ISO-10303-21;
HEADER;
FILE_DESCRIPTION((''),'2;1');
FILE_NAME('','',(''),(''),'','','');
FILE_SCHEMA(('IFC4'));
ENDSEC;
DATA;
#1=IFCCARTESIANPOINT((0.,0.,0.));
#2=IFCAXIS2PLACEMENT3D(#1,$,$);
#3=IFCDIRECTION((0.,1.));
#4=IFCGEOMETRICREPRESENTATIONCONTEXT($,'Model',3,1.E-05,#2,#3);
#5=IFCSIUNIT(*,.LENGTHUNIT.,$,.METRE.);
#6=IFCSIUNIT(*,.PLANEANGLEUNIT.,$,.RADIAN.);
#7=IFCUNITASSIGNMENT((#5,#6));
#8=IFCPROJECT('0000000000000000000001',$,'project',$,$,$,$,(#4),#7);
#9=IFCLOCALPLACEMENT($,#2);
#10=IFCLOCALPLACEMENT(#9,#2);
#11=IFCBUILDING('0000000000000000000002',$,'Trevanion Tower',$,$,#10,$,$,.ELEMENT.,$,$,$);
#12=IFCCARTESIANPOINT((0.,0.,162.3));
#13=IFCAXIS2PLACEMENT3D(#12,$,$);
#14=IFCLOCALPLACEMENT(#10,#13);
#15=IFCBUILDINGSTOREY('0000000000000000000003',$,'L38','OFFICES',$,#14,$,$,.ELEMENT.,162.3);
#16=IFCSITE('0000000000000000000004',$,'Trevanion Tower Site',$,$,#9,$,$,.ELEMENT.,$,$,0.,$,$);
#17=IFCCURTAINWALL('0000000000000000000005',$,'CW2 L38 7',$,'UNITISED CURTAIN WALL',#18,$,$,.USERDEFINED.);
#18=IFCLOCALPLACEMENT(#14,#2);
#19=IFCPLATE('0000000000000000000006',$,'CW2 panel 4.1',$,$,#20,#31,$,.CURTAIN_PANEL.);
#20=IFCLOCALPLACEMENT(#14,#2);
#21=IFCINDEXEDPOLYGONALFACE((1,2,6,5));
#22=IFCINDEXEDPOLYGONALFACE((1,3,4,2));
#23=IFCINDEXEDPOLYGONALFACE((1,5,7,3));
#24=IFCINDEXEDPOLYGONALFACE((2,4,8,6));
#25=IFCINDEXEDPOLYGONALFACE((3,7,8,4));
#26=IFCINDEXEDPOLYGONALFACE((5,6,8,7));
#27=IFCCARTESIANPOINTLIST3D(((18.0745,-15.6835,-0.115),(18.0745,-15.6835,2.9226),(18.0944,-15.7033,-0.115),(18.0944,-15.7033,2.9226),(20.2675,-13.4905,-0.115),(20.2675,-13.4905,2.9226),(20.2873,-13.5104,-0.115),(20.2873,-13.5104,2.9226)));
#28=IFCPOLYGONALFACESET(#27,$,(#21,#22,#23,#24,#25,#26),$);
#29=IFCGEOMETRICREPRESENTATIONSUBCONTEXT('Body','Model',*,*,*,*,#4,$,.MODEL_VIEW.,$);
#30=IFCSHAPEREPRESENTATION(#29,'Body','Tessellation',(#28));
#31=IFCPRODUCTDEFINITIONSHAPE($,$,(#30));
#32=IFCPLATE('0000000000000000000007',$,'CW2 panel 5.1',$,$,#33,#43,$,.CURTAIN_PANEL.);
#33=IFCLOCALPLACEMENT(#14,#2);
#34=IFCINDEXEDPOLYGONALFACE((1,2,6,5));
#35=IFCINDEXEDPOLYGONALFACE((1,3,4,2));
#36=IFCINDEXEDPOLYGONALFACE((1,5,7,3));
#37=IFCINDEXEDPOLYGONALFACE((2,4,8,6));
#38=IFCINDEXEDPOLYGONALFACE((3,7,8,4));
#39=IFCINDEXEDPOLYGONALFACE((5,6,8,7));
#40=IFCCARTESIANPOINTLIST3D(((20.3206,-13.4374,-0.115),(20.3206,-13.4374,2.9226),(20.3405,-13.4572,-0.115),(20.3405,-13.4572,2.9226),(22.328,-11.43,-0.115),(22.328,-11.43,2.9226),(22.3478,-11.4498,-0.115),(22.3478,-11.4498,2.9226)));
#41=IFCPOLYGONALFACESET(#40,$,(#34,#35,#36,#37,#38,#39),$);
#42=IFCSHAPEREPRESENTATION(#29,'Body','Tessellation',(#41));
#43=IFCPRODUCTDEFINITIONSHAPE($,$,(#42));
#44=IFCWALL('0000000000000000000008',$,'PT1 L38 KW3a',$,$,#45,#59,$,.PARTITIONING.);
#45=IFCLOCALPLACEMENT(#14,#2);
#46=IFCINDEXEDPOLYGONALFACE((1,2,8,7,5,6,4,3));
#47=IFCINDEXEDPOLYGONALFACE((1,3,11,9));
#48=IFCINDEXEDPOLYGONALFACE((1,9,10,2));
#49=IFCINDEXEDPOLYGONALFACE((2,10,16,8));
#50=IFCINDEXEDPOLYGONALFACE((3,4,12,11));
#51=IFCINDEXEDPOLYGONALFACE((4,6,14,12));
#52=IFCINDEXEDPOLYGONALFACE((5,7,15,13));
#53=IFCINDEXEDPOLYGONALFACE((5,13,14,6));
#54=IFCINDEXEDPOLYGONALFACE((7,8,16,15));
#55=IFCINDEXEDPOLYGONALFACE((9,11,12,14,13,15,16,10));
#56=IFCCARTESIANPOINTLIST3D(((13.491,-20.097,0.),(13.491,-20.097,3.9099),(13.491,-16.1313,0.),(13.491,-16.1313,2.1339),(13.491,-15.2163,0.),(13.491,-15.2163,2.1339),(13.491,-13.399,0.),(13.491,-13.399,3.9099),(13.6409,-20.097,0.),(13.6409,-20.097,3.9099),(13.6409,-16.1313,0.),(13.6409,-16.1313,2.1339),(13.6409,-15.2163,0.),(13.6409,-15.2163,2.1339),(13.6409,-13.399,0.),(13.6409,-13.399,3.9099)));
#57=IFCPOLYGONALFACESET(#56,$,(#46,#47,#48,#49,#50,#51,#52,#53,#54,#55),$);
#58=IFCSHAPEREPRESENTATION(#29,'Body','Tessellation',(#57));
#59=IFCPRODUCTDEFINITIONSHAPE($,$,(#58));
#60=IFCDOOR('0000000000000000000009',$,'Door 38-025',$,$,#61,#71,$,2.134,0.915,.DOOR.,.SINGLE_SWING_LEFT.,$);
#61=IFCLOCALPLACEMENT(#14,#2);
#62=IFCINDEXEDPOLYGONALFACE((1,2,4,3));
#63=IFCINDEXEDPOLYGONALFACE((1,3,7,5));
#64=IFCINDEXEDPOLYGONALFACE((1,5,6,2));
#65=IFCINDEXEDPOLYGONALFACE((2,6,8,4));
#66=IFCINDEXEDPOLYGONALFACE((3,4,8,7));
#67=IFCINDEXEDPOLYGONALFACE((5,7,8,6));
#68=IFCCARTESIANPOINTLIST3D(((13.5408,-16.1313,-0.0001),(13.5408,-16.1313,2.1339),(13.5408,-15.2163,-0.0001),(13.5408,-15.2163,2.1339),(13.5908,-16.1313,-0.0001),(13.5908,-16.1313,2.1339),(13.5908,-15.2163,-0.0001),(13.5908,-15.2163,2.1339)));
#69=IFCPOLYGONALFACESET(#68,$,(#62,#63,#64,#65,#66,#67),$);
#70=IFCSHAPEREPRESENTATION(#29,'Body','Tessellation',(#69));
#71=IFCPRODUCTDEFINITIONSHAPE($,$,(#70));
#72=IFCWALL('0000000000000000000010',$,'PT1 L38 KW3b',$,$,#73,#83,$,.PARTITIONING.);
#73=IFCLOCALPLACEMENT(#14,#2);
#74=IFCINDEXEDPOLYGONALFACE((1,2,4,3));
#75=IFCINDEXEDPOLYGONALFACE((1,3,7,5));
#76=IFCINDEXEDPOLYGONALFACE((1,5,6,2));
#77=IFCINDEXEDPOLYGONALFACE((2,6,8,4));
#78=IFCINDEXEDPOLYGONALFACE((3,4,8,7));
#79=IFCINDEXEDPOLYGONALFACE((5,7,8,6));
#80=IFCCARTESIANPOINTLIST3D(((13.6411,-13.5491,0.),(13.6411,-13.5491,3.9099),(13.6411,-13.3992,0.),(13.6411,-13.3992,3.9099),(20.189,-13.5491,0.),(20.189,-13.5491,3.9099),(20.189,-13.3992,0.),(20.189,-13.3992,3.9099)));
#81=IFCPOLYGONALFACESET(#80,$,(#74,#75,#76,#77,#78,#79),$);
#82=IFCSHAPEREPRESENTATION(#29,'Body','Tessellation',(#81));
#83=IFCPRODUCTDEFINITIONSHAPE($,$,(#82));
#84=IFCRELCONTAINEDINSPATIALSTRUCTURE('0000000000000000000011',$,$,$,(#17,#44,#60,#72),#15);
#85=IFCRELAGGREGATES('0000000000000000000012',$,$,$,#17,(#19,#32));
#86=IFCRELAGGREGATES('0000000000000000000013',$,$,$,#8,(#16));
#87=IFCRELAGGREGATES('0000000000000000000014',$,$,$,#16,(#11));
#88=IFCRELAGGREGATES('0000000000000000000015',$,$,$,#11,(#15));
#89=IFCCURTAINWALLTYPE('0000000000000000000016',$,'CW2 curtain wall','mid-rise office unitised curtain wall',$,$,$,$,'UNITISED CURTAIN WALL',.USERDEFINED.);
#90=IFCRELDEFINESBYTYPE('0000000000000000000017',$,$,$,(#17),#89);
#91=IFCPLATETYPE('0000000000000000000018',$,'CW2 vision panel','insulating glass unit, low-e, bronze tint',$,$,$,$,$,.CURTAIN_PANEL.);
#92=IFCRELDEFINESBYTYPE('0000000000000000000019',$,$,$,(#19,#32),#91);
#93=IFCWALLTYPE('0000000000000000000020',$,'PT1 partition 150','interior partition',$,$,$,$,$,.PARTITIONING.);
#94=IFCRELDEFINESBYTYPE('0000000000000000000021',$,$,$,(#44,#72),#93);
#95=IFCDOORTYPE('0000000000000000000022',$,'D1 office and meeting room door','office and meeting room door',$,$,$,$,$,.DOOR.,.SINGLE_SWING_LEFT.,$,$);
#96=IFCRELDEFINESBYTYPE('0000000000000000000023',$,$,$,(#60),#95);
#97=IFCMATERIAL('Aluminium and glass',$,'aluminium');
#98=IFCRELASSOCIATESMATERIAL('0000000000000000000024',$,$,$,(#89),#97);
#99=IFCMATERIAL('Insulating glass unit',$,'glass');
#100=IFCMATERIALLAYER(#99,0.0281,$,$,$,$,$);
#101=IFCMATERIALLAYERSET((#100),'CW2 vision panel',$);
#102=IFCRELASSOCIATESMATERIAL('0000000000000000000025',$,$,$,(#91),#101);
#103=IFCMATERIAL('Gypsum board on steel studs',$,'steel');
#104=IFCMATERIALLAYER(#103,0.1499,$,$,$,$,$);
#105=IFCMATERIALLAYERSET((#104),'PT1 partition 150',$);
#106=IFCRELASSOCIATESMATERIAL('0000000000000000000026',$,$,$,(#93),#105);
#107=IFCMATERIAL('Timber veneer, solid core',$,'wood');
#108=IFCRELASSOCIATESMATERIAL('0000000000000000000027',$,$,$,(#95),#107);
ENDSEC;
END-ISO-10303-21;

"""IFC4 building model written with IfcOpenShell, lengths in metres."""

from ifc_helpers import new_model, si_unit, direction, frame, frame_2d, origin, origin_2d, place, context, subcontext, project, spatial, rectangle, extrude, material, layer, layer_set, type_object, element, fill, aggregate, save


model = new_model("IFC4")

# Units and contexts
model_context = context("Model", 3, precision=1e-05, world=origin(), true_north=direction((0.0, 1.0)))
body_context = subcontext(model_context, "Body", "Model", "MODEL_VIEW")
ifc_project = project(units=[si_unit("LENGTHUNIT", "METRE"), si_unit("PLANEANGLEUNIT", "RADIAN")], contexts=[model_context])

# Site, building, storey
site_placement = place(None, origin())
site = spatial("IfcSite", under=ifc_project, at=site_placement, Name="Trevanion Tower Site", CompositionType="ELEMENT", RefElevation=0.0)
building_placement = place(site_placement, origin())
building = spatial("IfcBuilding", under=site, at=building_placement, Name="Trevanion Tower", CompositionType="ELEMENT")
storey_placement = place(building_placement, frame((0.0, 0.0, 162.3)))
storey = spatial("IfcBuildingStorey", under=building, at=storey_placement, Name="L38", Description="OFFICES", CompositionType="ELEMENT", Elevation=162.3)

# Curtain wall
ifc_material_1 = material(Name="Aluminium and glass", Category="aluminium")
curtain_wall_type = type_object("IfcCurtainWallType", Name="CW2 curtain wall", Description="mid-rise office unitised curtain wall", ElementType="UNITISED CURTAIN WALL", PredefinedType="USERDEFINED", material=ifc_material_1)
curtain_wall_1_placement = place(storey_placement, origin())
curtain_wall_1 = element("IfcCurtainWall", 1, at=curtain_wall_1_placement, inside=storey, type_object=curtain_wall_type, Name="CW2 L38 7", ObjectType="UNITISED CURTAIN WALL", PredefinedType="USERDEFINED")

# Plates
ifc_material_2 = material(Name="Insulating glass unit", Category="glass")
ifc_layer_1 = layer(ifc_material_2, 0.0281)
ifc_layer_set_1 = layer_set([ifc_layer_1], Name="CW2 vision panel")
plate_type_1 = type_object("IfcPlateType", Name="CW2 vision panel", Description="insulating glass unit, low-e, bronze tint", PredefinedType="CURTAIN_PANEL", material=ifc_layer_set_1)
plate_1_placement = place(storey_placement, frame((19.1809, -14.5969, -0.115), z_axis=(0.0, 0.0, 1.0), x_axis=(0.707107, 0.707107, 0.0)))
plate_1 = element("IfcPlate", 2, at=plate_1_placement, type_object=plate_type_1, Name="CW2 panel 4.1", PredefinedType="CURTAIN_PANEL", context=body_context, shape_type="SweptSolid", body=[
    extrude(rectangle(XDim=3.1013, YDim=0.0281, at=origin_2d()), origin(), (0.0, 0.0, 1.0), 3.0376),
])
plate_2_placement = place(storey_placement, frame((21.3342, -12.4436, -0.115), z_axis=(0.0, 0.0, 1.0), x_axis=(0.707107, 0.707107, 0.0)))
plate_2 = element("IfcPlate", 3, at=plate_2_placement, type_object=plate_type_1, Name="CW2 panel 5.1", PredefinedType="CURTAIN_PANEL", context=body_context, shape_type="SweptSolid", body=[
    extrude(rectangle(XDim=2.8389, YDim=0.0281, at=origin_2d()), origin(), (0.0, 0.0, 1.0), 3.0376),
])
aggregate(curtain_wall_1, [plate_1, plate_2])

# Wall, opening, door
ifc_material_3 = material(Name="Gypsum board on steel studs", Category="steel")
ifc_layer_2 = layer(ifc_material_3, 0.1499)
ifc_layer_set_2 = layer_set([ifc_layer_2], Name="PT1 partition 150")
wall_type = type_object("IfcWallType", Name="PT1 partition 150", Description="interior partition", PredefinedType="PARTITIONING", material=ifc_layer_set_2)
wall_1_placement = place(storey_placement, frame((13.5659, -13.3989, 0.0), z_axis=(0.0, 0.0, 1.0), x_axis=(0.0, -1.0, 0.0)))
wall_1 = element("IfcWall", 4, at=wall_1_placement, inside=storey, type_object=wall_type, Name="PT1 L38 KW3a", PredefinedType="PARTITIONING", context=body_context, shape_type="SweptSolid", body=[
    extrude(rectangle(XDim=6.698, YDim=0.1499, at=frame_2d((3.3491, 0.0))), origin(), (0.0, 0.0, 1.0), 3.9099),
])
opening_placement = place(wall_1_placement, frame((1.8174, 0.0, 0.0)))
opening = element("IfcOpeningElement", 5, at=opening_placement, cuts=wall_1, PredefinedType="OPENING", context=body_context, shape_type="SweptSolid", body=[
    extrude(rectangle(XDim=0.915, YDim=2.134, at=frame_2d((0.4575, 1.0669))), frame((0.0, 0.085, 0.0), z_axis=(0.0, -1.0, 0.0), x_axis=(1.0, 0.0, 0.0)), (0.0, 0.0, 1.0), 0.1699),
])
ifc_material_4 = material(Name="Timber veneer, solid core", Category="wood")
door_type = type_object("IfcDoorType", Name="D1 office and meeting room door", Description="office and meeting room door", OperationType="SINGLE_SWING_LEFT", PredefinedType="DOOR", material=ifc_material_4)
door_placement = place(opening_placement, origin())
door = element("IfcDoor", 6, at=door_placement, inside=storey, type_object=door_type, Name="Door 38-025", OperationType="SINGLE_SWING_LEFT", OverallHeight=2.134, OverallWidth=0.915, PredefinedType="DOOR", context=body_context, shape_type="SweptSolid", body=[
    extrude(rectangle(XDim=0.915, YDim=2.134, at=frame_2d((0.4575, 1.0669))), frame((0.0, 0.0249, 0.0), z_axis=(0.0, -1.0, 0.0), x_axis=(1.0, 0.0, 0.0)), (0.0, 0.0, 1.0), 0.05),
])
fill(opening, door)

# Wall
wall_2_placement = place(storey_placement, frame((13.6411, -13.4741, 0.0), z_axis=(0.0, 0.0, 1.0), x_axis=(1.0, 0.0, 0.0)))
element("IfcWall", 7, at=wall_2_placement, inside=storey, type_object=wall_type, Name="PT1 L38 KW3b", PredefinedType="PARTITIONING", context=body_context, shape_type="SweptSolid", body=[
    extrude(rectangle(XDim=6.5479, YDim=0.1499, at=frame_2d((3.2739, 0.0))), origin(), (0.0, 0.0, 1.0), 3.9099),
])

save(model, "model.ifc")
